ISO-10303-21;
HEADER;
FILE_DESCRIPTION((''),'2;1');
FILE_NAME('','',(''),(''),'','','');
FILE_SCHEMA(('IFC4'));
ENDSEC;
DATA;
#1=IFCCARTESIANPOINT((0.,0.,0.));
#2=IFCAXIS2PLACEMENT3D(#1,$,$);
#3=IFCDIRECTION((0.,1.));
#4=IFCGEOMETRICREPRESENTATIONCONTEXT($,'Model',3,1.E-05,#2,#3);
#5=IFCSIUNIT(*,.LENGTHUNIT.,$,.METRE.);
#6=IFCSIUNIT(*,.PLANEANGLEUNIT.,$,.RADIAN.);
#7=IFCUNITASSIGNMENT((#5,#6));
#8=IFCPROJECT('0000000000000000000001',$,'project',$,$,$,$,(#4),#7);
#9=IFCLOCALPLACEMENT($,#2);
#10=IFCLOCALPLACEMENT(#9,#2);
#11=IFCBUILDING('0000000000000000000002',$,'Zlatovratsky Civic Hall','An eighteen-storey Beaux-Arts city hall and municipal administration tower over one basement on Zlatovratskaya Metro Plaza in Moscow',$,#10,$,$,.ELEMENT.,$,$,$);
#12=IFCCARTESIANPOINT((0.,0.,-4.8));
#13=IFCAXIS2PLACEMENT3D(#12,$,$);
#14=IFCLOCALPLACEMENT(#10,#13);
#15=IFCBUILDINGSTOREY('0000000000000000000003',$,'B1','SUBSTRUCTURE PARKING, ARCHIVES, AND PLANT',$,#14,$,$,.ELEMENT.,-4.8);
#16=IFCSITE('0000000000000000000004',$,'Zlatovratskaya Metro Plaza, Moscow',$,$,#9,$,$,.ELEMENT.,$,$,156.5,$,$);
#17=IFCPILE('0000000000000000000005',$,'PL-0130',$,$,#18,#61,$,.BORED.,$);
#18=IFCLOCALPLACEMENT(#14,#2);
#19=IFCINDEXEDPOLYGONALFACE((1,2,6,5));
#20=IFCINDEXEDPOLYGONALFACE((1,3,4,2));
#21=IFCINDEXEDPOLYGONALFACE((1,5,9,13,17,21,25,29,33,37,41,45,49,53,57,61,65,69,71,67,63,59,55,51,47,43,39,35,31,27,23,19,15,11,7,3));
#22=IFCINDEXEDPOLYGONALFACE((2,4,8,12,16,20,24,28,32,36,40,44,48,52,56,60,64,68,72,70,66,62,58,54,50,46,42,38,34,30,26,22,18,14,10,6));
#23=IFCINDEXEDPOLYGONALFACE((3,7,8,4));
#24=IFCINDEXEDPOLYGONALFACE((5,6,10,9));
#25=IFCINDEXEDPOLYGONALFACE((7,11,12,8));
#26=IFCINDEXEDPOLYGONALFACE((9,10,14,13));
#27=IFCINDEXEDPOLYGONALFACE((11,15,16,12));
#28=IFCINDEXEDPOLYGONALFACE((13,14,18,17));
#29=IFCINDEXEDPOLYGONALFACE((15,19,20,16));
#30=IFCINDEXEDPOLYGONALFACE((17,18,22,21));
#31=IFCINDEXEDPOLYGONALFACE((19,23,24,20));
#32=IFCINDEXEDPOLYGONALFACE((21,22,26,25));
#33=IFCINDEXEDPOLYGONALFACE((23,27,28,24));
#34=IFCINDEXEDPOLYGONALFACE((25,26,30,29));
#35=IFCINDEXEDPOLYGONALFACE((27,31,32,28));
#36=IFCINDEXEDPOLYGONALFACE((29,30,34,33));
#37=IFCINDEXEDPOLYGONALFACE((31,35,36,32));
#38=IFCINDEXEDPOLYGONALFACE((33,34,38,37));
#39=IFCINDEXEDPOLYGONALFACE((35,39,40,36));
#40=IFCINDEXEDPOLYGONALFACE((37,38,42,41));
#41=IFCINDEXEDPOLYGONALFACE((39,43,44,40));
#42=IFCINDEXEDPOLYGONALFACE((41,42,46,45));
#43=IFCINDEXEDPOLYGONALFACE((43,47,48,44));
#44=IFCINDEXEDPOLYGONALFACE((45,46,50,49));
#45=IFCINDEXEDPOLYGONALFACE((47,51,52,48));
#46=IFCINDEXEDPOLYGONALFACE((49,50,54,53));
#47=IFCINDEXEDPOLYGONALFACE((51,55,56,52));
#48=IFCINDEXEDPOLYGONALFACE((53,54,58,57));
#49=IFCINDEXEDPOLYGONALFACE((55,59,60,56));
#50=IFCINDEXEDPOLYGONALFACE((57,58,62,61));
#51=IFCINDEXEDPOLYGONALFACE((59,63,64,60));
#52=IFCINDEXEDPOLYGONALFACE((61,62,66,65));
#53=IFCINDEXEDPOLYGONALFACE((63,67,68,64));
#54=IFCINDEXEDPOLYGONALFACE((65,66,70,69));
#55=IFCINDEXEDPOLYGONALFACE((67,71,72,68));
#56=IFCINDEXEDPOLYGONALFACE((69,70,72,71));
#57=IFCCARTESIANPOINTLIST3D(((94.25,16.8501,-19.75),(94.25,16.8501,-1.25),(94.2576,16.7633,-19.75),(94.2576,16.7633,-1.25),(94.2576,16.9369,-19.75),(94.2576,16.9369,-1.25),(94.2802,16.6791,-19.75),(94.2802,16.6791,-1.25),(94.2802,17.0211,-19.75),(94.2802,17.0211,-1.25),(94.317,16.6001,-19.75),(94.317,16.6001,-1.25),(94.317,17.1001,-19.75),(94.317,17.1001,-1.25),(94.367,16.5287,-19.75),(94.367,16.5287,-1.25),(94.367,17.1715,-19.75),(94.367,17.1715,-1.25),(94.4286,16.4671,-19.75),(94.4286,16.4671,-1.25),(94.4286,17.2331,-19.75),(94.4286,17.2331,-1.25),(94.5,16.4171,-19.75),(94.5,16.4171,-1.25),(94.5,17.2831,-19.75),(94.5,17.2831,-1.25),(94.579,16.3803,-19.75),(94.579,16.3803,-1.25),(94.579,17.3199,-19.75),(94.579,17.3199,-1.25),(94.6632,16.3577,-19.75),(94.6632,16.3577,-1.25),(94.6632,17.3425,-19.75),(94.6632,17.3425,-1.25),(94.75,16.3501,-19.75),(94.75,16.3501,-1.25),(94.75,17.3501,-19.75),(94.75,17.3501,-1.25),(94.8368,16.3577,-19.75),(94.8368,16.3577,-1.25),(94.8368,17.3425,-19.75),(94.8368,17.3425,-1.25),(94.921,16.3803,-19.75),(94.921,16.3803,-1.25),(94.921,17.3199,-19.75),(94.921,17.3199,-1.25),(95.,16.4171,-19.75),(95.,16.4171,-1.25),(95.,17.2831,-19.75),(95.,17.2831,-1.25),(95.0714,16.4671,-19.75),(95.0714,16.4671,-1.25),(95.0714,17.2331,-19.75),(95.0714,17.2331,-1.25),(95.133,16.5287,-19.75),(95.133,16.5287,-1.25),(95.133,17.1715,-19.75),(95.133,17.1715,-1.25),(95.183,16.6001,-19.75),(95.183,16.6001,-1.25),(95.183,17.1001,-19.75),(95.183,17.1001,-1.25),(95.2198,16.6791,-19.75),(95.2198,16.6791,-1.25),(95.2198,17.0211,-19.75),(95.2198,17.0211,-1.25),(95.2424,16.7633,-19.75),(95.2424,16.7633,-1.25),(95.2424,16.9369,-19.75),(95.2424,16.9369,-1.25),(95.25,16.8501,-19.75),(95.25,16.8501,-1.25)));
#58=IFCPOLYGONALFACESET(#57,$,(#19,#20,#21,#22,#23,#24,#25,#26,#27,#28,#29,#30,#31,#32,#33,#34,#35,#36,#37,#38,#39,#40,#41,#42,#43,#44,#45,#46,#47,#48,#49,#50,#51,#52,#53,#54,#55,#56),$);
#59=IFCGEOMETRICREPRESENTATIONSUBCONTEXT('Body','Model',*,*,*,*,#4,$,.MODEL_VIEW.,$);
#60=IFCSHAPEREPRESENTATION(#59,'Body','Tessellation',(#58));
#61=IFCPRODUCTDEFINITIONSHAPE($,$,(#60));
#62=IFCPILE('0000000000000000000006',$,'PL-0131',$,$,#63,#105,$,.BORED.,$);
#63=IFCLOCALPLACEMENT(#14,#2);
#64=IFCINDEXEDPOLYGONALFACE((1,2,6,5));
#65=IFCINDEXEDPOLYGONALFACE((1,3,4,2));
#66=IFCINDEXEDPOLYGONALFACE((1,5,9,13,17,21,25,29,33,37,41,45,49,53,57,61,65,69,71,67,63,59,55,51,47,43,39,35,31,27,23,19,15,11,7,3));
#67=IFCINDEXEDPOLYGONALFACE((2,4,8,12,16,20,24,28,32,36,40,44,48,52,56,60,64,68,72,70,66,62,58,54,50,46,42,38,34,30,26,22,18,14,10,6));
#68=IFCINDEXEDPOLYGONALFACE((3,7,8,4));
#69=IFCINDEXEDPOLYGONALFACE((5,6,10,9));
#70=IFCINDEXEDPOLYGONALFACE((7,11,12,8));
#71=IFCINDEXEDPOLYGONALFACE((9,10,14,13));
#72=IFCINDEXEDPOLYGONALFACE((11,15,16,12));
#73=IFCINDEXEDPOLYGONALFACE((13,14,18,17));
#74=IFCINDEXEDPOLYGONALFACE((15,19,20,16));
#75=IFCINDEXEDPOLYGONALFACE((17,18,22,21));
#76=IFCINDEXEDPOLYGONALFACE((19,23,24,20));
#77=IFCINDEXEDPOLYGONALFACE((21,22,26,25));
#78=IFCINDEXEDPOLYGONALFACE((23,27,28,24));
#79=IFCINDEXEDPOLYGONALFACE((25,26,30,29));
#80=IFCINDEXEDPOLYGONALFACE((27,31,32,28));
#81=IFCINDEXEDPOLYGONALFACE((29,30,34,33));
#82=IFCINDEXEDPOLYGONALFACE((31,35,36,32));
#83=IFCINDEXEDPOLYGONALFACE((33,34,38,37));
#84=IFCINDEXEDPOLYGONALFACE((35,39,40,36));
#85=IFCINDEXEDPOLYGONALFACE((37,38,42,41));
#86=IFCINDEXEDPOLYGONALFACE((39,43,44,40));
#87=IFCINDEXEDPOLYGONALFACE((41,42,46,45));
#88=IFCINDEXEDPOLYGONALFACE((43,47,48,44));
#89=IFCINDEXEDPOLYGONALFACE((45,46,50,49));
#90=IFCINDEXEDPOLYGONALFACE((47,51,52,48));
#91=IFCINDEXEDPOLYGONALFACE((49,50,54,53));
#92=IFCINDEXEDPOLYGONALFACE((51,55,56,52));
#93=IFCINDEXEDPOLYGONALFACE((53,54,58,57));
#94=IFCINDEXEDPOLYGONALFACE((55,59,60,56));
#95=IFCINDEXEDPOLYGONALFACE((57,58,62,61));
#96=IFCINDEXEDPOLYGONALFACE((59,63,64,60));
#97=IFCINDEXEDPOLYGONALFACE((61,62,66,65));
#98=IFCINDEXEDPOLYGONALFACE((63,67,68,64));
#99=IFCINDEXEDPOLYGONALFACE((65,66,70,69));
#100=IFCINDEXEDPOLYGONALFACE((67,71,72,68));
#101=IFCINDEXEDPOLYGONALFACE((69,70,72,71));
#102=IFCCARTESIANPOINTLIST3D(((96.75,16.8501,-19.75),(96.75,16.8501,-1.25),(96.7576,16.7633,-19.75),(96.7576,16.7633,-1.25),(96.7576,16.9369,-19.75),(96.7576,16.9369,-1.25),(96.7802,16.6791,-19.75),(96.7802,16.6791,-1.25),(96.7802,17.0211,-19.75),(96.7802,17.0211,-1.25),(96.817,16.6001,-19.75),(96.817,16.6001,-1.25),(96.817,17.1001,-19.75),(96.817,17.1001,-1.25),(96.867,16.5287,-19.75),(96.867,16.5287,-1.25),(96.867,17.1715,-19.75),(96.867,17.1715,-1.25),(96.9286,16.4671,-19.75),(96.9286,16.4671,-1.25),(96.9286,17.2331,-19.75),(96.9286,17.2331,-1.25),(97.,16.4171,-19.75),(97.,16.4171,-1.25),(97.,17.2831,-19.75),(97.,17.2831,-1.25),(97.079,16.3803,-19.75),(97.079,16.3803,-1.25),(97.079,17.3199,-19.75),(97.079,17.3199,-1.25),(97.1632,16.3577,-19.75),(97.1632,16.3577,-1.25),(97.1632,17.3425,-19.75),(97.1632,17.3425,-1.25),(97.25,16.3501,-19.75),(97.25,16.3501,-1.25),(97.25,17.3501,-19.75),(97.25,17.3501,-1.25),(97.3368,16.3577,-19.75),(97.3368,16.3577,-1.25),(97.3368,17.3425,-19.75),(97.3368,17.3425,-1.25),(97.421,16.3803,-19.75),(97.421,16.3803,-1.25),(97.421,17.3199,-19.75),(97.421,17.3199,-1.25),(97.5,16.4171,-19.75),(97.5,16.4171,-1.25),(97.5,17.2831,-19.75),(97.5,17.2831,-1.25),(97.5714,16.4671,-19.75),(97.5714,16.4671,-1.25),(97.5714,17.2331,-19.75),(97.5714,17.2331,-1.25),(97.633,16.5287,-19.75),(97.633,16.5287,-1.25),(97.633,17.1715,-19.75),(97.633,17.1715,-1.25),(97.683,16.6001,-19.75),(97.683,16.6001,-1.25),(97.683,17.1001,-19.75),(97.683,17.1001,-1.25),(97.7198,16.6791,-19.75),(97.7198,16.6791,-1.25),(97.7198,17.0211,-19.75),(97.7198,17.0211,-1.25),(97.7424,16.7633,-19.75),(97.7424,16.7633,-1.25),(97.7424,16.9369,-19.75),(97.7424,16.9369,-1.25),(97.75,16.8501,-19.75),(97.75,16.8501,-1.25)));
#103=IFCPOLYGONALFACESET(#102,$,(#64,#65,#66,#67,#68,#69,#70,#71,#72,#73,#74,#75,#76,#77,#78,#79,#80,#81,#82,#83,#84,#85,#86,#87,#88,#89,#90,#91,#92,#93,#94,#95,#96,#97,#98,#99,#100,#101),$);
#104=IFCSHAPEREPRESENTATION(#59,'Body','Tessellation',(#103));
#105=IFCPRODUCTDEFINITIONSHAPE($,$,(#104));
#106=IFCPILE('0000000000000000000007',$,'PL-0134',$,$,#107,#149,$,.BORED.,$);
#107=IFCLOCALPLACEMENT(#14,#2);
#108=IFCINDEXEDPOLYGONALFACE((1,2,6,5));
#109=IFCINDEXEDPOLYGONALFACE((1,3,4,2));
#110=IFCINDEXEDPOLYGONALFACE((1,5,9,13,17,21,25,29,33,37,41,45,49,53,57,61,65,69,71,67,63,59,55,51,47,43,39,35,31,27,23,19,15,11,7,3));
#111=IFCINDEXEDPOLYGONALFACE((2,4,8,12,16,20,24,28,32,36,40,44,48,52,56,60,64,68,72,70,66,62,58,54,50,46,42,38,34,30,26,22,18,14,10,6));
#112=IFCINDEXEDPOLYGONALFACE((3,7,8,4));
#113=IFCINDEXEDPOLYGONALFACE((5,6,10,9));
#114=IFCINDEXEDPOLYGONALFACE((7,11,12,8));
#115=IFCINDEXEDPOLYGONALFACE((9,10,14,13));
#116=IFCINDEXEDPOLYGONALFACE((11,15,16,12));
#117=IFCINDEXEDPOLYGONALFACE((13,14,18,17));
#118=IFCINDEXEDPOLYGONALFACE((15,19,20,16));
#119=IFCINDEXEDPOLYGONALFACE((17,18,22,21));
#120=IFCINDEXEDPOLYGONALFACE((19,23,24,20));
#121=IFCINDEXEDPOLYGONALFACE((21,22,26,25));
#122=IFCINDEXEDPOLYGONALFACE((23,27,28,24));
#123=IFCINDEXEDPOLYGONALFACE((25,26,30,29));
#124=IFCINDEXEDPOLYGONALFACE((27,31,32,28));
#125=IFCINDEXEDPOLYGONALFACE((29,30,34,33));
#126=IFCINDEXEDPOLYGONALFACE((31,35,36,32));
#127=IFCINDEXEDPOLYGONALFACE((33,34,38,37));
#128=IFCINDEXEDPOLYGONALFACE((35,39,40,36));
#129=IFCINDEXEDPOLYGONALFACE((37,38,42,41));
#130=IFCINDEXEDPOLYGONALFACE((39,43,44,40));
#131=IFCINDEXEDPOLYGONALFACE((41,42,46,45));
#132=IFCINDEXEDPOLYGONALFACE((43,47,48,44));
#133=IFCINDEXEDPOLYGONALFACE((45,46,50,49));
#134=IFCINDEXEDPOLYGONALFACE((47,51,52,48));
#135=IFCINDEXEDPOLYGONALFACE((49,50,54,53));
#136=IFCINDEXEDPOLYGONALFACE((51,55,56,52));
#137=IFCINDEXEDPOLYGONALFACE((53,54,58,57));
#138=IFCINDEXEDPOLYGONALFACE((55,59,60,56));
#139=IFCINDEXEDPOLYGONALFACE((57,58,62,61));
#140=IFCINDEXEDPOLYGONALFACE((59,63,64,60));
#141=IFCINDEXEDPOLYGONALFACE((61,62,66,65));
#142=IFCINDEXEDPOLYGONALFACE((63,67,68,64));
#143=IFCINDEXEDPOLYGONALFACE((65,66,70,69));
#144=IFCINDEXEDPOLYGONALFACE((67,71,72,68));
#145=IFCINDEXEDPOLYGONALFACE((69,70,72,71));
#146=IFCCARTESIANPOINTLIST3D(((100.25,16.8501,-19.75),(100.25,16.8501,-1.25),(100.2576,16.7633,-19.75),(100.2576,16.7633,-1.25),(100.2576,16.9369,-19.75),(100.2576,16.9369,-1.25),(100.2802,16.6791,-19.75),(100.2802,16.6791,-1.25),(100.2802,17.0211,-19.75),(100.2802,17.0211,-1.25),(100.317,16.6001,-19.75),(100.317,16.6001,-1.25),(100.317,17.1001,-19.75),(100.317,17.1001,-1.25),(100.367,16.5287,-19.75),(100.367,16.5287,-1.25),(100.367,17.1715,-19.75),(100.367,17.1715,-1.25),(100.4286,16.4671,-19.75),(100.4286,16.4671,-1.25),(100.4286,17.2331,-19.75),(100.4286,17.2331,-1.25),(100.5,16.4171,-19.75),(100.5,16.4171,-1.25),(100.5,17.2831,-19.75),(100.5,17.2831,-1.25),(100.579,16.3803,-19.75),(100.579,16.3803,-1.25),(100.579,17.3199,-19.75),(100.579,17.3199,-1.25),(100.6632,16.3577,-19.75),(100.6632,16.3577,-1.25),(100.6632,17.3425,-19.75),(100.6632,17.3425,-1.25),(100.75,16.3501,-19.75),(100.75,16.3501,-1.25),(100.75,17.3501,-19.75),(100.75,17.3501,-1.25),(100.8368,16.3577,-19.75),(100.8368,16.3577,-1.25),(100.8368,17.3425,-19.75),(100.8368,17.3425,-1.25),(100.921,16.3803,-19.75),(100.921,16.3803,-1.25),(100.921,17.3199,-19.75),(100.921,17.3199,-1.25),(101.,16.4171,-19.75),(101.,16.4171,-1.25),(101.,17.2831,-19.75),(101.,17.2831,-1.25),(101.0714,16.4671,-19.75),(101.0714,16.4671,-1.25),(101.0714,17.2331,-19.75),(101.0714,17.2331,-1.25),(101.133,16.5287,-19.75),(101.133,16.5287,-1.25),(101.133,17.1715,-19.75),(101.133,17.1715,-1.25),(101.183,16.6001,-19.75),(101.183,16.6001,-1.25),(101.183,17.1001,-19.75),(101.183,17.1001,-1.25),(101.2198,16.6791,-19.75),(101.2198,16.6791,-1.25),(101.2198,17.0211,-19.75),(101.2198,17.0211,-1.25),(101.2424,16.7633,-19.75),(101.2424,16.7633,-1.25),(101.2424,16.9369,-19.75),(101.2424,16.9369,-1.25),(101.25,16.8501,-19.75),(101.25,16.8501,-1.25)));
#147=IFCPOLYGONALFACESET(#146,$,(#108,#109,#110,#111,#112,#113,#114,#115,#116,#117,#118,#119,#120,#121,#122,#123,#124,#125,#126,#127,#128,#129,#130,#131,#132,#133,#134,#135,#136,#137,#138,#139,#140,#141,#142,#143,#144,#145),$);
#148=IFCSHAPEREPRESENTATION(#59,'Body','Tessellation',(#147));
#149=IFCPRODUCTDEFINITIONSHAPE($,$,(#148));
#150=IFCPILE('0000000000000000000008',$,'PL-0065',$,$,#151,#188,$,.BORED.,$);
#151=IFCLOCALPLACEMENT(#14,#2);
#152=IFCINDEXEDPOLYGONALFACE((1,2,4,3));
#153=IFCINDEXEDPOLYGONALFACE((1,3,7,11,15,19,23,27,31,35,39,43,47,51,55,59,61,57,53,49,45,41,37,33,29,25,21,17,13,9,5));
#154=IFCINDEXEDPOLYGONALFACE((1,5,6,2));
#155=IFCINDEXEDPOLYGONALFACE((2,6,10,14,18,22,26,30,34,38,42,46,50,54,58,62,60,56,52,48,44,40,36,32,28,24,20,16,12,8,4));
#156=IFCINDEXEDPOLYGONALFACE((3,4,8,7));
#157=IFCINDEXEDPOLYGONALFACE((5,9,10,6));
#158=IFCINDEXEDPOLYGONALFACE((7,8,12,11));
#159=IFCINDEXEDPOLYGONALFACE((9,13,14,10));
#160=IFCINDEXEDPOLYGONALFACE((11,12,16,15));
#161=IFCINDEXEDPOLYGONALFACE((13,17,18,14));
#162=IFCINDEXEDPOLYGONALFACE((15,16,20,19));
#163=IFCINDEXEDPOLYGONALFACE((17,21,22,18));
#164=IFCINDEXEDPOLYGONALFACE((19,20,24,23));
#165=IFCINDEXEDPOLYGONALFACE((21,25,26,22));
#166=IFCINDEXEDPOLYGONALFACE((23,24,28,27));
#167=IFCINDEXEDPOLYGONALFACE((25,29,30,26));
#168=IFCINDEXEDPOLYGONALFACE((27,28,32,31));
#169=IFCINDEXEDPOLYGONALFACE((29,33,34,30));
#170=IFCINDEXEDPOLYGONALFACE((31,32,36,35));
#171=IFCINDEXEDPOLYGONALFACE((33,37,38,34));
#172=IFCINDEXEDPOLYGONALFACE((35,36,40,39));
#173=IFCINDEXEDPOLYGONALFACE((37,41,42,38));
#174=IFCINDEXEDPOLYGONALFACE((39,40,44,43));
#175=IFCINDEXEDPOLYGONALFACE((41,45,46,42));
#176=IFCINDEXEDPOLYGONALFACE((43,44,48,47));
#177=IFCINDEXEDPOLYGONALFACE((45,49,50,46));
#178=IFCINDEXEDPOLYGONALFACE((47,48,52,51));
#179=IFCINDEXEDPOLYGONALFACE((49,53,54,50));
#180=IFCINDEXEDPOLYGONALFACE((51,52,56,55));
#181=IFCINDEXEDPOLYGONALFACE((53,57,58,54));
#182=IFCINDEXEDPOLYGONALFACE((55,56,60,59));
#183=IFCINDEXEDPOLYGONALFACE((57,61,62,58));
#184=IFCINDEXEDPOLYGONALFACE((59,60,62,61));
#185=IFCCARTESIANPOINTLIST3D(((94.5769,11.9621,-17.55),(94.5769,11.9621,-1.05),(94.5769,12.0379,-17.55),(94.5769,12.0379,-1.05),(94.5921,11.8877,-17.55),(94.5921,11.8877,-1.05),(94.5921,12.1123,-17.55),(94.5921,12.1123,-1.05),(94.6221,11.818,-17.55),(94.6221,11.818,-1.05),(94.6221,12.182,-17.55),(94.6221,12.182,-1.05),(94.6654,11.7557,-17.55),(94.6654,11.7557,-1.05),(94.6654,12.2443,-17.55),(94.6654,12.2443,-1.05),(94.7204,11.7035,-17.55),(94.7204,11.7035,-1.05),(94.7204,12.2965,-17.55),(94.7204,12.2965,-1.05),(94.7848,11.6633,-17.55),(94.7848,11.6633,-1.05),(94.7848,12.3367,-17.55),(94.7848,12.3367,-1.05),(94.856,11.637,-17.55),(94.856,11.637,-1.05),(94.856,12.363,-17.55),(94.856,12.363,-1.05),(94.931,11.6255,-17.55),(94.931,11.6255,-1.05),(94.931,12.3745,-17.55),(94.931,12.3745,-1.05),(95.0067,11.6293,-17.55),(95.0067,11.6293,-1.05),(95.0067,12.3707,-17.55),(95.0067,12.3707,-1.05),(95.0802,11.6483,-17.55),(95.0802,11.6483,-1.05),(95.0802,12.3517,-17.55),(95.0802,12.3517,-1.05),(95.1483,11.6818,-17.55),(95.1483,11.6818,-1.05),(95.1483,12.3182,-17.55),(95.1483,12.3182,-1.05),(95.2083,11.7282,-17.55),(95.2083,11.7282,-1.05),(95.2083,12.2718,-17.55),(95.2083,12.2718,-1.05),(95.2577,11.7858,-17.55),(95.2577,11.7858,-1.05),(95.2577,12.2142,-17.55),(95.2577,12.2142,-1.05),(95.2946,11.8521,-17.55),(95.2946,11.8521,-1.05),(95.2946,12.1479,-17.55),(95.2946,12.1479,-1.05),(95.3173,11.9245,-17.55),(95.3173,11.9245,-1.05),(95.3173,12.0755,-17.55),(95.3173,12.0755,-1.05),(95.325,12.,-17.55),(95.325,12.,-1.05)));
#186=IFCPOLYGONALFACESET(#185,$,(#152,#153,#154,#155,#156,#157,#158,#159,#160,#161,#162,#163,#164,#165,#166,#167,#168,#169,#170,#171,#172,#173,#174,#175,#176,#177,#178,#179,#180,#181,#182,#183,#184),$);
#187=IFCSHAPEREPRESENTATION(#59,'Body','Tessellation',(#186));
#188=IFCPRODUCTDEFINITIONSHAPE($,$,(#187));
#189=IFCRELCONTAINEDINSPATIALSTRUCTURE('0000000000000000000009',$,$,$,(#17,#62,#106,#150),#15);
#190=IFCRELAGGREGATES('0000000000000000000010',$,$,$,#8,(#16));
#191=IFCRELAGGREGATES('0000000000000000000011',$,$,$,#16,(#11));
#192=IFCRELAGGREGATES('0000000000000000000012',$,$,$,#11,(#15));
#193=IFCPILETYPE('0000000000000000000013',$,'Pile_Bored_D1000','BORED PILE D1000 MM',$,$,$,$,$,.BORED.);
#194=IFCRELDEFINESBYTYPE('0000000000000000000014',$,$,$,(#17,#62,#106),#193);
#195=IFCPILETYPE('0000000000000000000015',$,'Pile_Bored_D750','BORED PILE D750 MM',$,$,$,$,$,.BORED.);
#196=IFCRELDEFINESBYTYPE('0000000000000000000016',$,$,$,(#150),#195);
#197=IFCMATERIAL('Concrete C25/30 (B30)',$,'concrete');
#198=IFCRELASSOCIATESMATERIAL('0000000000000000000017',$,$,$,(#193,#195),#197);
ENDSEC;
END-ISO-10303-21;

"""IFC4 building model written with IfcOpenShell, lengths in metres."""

from ifc_helpers import new_model, si_unit, direction, frame, origin, origin_2d, place, context, subcontext, project, spatial, circle, extrude, material, material_profile, profile_set, type_object, element, save


model = new_model("IFC4")

# Units and contexts
model_context = context("Model", 3, precision=1e-05, world=origin(), true_north=direction((0.0, 1.0)))
body_context = subcontext(model_context, "Body", "Model", "MODEL_VIEW")
ifc_project = project(units=[si_unit("LENGTHUNIT", "METRE"), si_unit("PLANEANGLEUNIT", "RADIAN")], contexts=[model_context])

# Site, building, storey
site_placement = place(None, origin())
site = spatial("IfcSite", under=ifc_project, at=site_placement, Name="Zlatovratskaya Metro Plaza, Moscow", CompositionType="ELEMENT", RefElevation=156.5)
building_placement = place(site_placement, origin())
building = spatial("IfcBuilding", under=site, at=building_placement, Name="Zlatovratsky Civic Hall", Description="An eighteen-storey Beaux-Arts city hall and municipal administration tower over one basement on Zlatovratskaya Metro Plaza in Moscow", CompositionType="ELEMENT")
storey_placement = place(building_placement, frame((0.0, 0.0, -4.8)))
storey = spatial("IfcBuildingStorey", under=building, at=storey_placement, Name="B1", Description="SUBSTRUCTURE PARKING, ARCHIVES, AND PLANT", CompositionType="ELEMENT", Elevation=-4.8)

# Shared definitions
ifc_material_1 = material(Name="Concrete C25/30 (B30)", Category="concrete")

# Piles
ifc_material_profile_1 = material_profile(ifc_material_1, circle(Radius=0.5, at=origin_2d()), Name="PILE D1000")
ifc_profile_set_1 = profile_set([ifc_material_profile_1], Name="Concrete C25/30 (B30)")
pile_type_1 = type_object("IfcPileType", Name="Pile_Bored_D1000", Description="BORED PILE D1000 MM", PredefinedType="BORED", material=ifc_profile_set_1)
for number, where, z_axis, x_axis, name in (
    (1, (94.75, 16.8501, -1.25), (0.0, 0.0, -1.0), (1.0, 0.0, 0.0), "PL-0130"),
    (2, (97.25, 16.8501, -1.25), (0.0, 0.0, -1.0), (1.0, 0.0, 0.0), "PL-0131"),
    (3, (100.75, 16.8501, -1.25), (0.0, 0.0, -1.0), (1.0, 0.0, 0.0), "PL-0134"),
):
    element("IfcPile", number, at=place(storey_placement, frame(where, z_axis=z_axis, x_axis=x_axis)), inside=storey, type_object=pile_type_1, Name=name, PredefinedType="BORED", context=body_context, shape_type="SweptSolid", body=[
        extrude(circle(Radius=0.5, at=origin_2d()), origin(), (0.0, 0.0, 1.0), 18.5),
    ])
ifc_material_profile_2 = material_profile(ifc_material_1, circle(Radius=0.375, at=origin_2d()), Name="PILE D750")
ifc_profile_set_2 = profile_set([ifc_material_profile_2], Name="Concrete C25/30 (B30)")
pile_type_2 = type_object("IfcPileType", Name="Pile_Bored_D750", Description="BORED PILE D750 MM", PredefinedType="BORED", material=ifc_profile_set_2)
for number, where, z_axis, x_axis, name in (
    (4, (94.95, 12.0, -1.05), (0.0, 0.0, -1.0), (1.0, 0.0, 0.0), "PL-0065"),
):
    element("IfcPile", number, at=place(storey_placement, frame(where, z_axis=z_axis, x_axis=x_axis)), inside=storey, type_object=pile_type_2, Name=name, PredefinedType="BORED", context=body_context, shape_type="SweptSolid", body=[
        extrude(circle(Radius=0.375, at=origin_2d()), origin(), (0.0, 0.0, 1.0), 16.5),
    ])

save(model, "model.ifc")
